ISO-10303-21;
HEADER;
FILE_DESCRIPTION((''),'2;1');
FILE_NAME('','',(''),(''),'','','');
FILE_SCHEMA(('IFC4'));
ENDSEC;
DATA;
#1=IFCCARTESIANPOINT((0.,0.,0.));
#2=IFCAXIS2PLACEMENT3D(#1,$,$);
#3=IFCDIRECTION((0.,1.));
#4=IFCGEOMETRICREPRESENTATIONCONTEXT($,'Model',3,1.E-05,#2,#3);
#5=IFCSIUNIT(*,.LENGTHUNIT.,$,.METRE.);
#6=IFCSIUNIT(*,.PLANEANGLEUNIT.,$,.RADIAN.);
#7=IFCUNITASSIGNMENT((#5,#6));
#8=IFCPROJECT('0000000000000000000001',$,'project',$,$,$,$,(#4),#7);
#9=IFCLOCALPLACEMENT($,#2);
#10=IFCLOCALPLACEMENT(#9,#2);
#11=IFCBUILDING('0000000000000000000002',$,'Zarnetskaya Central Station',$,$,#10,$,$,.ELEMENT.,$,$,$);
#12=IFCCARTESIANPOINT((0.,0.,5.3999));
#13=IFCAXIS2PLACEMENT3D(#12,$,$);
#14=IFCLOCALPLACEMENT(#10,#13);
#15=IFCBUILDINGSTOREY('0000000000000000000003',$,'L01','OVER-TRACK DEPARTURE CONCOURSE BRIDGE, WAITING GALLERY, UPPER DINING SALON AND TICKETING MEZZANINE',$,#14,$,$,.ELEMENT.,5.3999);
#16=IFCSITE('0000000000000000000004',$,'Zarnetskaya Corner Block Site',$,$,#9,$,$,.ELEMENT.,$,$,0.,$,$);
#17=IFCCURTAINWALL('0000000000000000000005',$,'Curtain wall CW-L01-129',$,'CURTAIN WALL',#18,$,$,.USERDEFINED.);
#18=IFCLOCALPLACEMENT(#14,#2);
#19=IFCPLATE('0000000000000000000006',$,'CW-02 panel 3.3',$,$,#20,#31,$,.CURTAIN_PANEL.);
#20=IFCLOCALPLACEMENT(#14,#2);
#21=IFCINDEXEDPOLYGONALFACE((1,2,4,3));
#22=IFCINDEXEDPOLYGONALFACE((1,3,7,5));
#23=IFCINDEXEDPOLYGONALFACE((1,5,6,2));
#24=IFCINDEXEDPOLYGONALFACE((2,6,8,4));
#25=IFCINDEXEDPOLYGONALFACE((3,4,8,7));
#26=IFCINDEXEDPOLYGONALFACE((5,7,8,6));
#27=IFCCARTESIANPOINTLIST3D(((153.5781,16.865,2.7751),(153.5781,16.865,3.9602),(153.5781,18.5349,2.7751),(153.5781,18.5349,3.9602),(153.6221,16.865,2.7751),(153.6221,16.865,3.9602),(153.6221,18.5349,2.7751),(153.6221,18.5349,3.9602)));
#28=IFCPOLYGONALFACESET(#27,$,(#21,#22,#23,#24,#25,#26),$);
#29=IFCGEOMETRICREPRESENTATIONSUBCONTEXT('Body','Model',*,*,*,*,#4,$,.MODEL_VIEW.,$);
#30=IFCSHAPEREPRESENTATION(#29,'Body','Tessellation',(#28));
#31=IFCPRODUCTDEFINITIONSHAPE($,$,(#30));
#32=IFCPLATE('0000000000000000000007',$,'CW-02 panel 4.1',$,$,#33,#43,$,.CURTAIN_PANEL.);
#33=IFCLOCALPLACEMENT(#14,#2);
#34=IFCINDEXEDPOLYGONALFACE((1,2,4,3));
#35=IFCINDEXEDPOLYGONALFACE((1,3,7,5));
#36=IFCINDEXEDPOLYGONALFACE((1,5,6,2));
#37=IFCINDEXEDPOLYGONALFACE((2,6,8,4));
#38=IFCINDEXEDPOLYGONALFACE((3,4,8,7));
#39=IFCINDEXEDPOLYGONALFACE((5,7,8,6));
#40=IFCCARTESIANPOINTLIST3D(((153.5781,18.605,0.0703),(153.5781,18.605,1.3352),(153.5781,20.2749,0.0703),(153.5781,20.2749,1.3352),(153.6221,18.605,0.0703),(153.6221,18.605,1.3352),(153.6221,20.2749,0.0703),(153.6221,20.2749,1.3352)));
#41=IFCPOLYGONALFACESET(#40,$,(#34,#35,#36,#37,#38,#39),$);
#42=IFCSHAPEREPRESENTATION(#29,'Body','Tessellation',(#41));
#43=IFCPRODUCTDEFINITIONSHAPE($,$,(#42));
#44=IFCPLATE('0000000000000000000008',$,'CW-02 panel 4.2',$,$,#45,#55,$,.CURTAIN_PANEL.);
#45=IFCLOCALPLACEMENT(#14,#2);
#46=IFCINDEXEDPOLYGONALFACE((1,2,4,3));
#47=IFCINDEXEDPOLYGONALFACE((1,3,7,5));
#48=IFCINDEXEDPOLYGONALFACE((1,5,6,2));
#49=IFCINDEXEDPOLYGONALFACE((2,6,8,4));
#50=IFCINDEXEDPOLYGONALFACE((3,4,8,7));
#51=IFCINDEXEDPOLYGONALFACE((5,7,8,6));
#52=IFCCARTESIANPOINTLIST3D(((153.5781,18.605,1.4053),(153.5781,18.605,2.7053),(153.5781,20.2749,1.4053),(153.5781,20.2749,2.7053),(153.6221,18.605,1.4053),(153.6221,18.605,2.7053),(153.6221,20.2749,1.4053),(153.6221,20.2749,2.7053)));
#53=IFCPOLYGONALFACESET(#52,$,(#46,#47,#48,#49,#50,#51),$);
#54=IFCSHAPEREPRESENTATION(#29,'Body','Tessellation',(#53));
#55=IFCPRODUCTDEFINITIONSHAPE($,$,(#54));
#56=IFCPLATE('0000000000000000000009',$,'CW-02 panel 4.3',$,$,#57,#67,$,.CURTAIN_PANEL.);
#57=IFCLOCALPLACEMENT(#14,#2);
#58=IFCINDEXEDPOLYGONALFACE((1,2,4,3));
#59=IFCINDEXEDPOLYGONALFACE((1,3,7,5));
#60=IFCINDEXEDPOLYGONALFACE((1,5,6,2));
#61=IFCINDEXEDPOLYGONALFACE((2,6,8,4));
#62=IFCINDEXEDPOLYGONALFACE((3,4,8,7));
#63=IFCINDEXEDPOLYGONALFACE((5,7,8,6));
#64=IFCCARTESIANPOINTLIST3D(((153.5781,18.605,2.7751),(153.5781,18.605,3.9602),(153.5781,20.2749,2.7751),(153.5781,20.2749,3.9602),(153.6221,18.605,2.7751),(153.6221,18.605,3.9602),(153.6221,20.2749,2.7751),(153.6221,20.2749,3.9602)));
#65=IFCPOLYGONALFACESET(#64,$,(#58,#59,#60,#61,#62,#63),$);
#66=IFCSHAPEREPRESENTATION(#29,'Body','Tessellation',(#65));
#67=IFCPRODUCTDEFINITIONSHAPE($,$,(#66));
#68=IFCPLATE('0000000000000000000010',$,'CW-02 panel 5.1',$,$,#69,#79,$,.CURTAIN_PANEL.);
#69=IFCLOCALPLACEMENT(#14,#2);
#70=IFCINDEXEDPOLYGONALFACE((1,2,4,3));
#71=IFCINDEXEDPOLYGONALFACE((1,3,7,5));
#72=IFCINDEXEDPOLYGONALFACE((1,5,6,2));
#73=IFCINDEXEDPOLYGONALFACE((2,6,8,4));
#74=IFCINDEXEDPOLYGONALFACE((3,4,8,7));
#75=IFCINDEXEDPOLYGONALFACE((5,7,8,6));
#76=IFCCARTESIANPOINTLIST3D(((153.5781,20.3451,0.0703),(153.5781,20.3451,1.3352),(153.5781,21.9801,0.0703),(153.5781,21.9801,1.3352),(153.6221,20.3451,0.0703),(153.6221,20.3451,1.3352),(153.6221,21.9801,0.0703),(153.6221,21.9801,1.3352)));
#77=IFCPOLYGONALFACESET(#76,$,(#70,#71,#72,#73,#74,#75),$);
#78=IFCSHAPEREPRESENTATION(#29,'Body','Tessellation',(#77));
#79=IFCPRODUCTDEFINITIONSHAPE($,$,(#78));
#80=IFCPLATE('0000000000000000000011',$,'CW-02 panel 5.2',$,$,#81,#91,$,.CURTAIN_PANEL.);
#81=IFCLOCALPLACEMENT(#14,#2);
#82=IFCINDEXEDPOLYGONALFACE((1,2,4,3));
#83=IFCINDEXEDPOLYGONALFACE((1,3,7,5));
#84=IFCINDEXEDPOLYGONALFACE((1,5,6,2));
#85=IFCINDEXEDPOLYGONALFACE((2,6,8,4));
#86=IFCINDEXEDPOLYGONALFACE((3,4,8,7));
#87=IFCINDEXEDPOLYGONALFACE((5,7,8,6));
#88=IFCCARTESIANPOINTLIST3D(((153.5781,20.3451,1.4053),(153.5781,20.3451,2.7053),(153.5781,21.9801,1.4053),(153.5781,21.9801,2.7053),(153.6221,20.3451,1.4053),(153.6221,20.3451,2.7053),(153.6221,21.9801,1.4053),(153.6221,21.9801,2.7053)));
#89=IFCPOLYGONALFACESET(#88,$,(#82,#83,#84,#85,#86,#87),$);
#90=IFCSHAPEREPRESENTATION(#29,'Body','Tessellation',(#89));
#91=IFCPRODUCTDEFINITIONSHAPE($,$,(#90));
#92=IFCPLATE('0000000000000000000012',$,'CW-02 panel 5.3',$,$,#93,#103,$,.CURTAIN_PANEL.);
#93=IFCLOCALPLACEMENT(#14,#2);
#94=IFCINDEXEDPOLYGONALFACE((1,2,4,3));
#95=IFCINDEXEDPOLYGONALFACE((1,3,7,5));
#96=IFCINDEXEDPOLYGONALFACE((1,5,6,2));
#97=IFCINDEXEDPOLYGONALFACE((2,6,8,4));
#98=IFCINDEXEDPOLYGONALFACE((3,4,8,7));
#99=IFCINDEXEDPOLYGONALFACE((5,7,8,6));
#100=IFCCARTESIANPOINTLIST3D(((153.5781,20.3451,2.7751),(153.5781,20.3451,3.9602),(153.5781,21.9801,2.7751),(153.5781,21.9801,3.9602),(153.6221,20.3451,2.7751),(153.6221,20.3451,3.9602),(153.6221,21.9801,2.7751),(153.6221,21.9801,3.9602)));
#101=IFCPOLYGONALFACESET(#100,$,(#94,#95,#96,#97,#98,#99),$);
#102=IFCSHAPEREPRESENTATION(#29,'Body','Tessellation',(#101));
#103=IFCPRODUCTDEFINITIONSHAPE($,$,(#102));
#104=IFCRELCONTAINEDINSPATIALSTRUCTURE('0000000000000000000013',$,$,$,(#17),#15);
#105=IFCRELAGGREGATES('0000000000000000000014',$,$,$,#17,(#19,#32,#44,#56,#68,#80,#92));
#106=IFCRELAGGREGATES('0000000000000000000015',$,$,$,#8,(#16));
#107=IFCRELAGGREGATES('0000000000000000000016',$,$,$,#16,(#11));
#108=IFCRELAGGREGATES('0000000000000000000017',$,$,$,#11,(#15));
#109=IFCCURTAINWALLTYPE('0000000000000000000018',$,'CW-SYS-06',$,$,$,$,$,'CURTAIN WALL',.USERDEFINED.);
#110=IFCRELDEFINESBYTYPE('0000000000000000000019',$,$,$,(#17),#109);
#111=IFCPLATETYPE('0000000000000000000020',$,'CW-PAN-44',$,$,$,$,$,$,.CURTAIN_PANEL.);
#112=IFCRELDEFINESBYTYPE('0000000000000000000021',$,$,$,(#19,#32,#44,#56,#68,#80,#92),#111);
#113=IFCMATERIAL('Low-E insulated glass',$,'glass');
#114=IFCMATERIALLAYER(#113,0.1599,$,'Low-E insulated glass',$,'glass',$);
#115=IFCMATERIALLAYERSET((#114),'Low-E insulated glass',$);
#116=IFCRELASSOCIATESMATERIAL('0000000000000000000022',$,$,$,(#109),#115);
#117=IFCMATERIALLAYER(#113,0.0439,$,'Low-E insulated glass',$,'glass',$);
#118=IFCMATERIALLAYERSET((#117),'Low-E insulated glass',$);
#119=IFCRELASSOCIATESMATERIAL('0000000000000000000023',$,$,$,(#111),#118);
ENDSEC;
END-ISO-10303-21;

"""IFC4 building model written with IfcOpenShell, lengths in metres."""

from ifc_helpers import new_model, si_unit, direction, frame, origin, origin_2d, place, context, subcontext, project, spatial, rectangle, extrude, material, layer, layer_set, type_object, element, aggregate, save


model = new_model("IFC4")

# Units and contexts
model_context = context("Model", 3, precision=1e-05, world=origin(), true_north=direction((0.0, 1.0)))
body_context = subcontext(model_context, "Body", "Model", "MODEL_VIEW")
ifc_project = project(units=[si_unit("LENGTHUNIT", "METRE"), si_unit("PLANEANGLEUNIT", "RADIAN")], contexts=[model_context])

# Site, building, storey
site_placement = place(None, origin())
site = spatial("IfcSite", under=ifc_project, at=site_placement, Name="Zarnetskaya Corner Block Site", CompositionType="ELEMENT", RefElevation=0.0)
building_placement = place(site_placement, origin())
building = spatial("IfcBuilding", under=site, at=building_placement, Name="Zarnetskaya Central Station", CompositionType="ELEMENT")
storey_placement = place(building_placement, frame((0.0, 0.0, 5.3999)))
storey = spatial("IfcBuildingStorey", under=building, at=storey_placement, Name="L01", Description="OVER-TRACK DEPARTURE CONCOURSE BRIDGE, WAITING GALLERY, UPPER DINING SALON AND TICKETING MEZZANINE", CompositionType="ELEMENT", Elevation=5.3999)

# Shared definitions
ifc_material_1 = material(Name="Low-E insulated glass", Category="glass")
ifc_layer_1 = layer(ifc_material_1, 0.1599, Name="Low-E insulated glass", Category="glass")
ifc_layer_set_1 = layer_set([ifc_layer_1], Name="Low-E insulated glass")
curtain_wall_type = type_object("IfcCurtainWallType", Name="CW-SYS-06", ElementType="CURTAIN WALL", PredefinedType="USERDEFINED", material=ifc_layer_set_1)

# Curtain wall
curtain_wall_1_placement = place(storey_placement, origin())
curtain_wall_1 = element("IfcCurtainWall", 1, at=curtain_wall_1_placement, inside=storey, type_object=curtain_wall_type, Name="Curtain wall CW-L01-129", ObjectType="CURTAIN WALL", PredefinedType="USERDEFINED")

# Plates
ifc_layer_2 = layer(ifc_material_1, 0.0439, Name="Low-E insulated glass", Category="glass")
ifc_layer_set_2 = layer_set([ifc_layer_2], Name="Low-E insulated glass")
plate_type = type_object("IfcPlateType", Name="CW-PAN-44", PredefinedType="CURTAIN_PANEL", material=ifc_layer_set_2)
plate_1_placement = place(storey_placement, frame((153.6001, 17.7, 2.7751), z_axis=(0.0, 0.0, 1.0), x_axis=(0.0, 1.0, 0.0)))
plate_1 = element("IfcPlate", 2, at=plate_1_placement, type_object=plate_type, Name="CW-02 panel 3.3", PredefinedType="CURTAIN_PANEL", context=body_context, shape_type="SweptSolid", body=[
    extrude(rectangle(XDim=1.6699, YDim=0.0439, at=origin_2d()), origin(), (0.0, 0.0, 1.0), 1.1851),
])
plate_2_placement = place(storey_placement, frame((153.6001, 19.4399, 0.0703), z_axis=(0.0, 0.0, 1.0), x_axis=(0.0, 1.0, 0.0)))
plate_2 = element("IfcPlate", 3, at=plate_2_placement, type_object=plate_type, Name="CW-02 panel 4.1", PredefinedType="CURTAIN_PANEL", context=body_context, shape_type="SweptSolid", body=[
    extrude(rectangle(XDim=1.6699, YDim=0.0439, at=origin_2d()), origin(), (0.0, 0.0, 1.0), 1.2649),
])
plate_3_placement = place(storey_placement, frame((153.6001, 19.4399, 1.4053), z_axis=(0.0, 0.0, 1.0), x_axis=(0.0, 1.0, 0.0)))
plate_3 = element("IfcPlate", 4, at=plate_3_placement, type_object=plate_type, Name="CW-02 panel 4.2", PredefinedType="CURTAIN_PANEL", context=body_context, shape_type="SweptSolid", body=[
    extrude(rectangle(XDim=1.6699, YDim=0.0439, at=origin_2d()), origin(), (0.0, 0.0, 1.0), 1.3),
])
plate_4_placement = place(storey_placement, frame((153.6001, 19.4399, 2.7751), z_axis=(0.0, 0.0, 1.0), x_axis=(0.0, 1.0, 0.0)))
plate_4 = element("IfcPlate", 5, at=plate_4_placement, type_object=plate_type, Name="CW-02 panel 4.3", PredefinedType="CURTAIN_PANEL", context=body_context, shape_type="SweptSolid", body=[
    extrude(rectangle(XDim=1.6699, YDim=0.0439, at=origin_2d()), origin(), (0.0, 0.0, 1.0), 1.1851),
])
plate_5_placement = place(storey_placement, frame((153.6001, 21.1626, 0.0703), z_axis=(0.0, 0.0, 1.0), x_axis=(0.0, 1.0, 0.0)))
plate_5 = element("IfcPlate", 6, at=plate_5_placement, type_object=plate_type, Name="CW-02 panel 5.1", PredefinedType="CURTAIN_PANEL", context=body_context, shape_type="SweptSolid", body=[
    extrude(rectangle(XDim=1.635, YDim=0.0439, at=origin_2d()), origin(), (0.0, 0.0, 1.0), 1.2649),
])
plate_6_placement = place(storey_placement, frame((153.6001, 21.1626, 1.4053), z_axis=(0.0, 0.0, 1.0), x_axis=(0.0, 1.0, 0.0)))
plate_6 = element("IfcPlate", 7, at=plate_6_placement, type_object=plate_type, Name="CW-02 panel 5.2", PredefinedType="CURTAIN_PANEL", context=body_context, shape_type="SweptSolid", body=[
    extrude(rectangle(XDim=1.635, YDim=0.0439, at=origin_2d()), origin(), (0.0, 0.0, 1.0), 1.3),
])
plate_7_placement = place(storey_placement, frame((153.6001, 21.1626, 2.7751), z_axis=(0.0, 0.0, 1.0), x_axis=(0.0, 1.0, 0.0)))
plate_7 = element("IfcPlate", 8, at=plate_7_placement, type_object=plate_type, Name="CW-02 panel 5.3", PredefinedType="CURTAIN_PANEL", context=body_context, shape_type="SweptSolid", body=[
    extrude(rectangle(XDim=1.635, YDim=0.0439, at=origin_2d()), origin(), (0.0, 0.0, 1.0), 1.1851),
])
aggregate(curtain_wall_1, [plate_1, plate_2, plate_3, plate_4, plate_5, plate_6, plate_7])

save(model, "model.ifc")
